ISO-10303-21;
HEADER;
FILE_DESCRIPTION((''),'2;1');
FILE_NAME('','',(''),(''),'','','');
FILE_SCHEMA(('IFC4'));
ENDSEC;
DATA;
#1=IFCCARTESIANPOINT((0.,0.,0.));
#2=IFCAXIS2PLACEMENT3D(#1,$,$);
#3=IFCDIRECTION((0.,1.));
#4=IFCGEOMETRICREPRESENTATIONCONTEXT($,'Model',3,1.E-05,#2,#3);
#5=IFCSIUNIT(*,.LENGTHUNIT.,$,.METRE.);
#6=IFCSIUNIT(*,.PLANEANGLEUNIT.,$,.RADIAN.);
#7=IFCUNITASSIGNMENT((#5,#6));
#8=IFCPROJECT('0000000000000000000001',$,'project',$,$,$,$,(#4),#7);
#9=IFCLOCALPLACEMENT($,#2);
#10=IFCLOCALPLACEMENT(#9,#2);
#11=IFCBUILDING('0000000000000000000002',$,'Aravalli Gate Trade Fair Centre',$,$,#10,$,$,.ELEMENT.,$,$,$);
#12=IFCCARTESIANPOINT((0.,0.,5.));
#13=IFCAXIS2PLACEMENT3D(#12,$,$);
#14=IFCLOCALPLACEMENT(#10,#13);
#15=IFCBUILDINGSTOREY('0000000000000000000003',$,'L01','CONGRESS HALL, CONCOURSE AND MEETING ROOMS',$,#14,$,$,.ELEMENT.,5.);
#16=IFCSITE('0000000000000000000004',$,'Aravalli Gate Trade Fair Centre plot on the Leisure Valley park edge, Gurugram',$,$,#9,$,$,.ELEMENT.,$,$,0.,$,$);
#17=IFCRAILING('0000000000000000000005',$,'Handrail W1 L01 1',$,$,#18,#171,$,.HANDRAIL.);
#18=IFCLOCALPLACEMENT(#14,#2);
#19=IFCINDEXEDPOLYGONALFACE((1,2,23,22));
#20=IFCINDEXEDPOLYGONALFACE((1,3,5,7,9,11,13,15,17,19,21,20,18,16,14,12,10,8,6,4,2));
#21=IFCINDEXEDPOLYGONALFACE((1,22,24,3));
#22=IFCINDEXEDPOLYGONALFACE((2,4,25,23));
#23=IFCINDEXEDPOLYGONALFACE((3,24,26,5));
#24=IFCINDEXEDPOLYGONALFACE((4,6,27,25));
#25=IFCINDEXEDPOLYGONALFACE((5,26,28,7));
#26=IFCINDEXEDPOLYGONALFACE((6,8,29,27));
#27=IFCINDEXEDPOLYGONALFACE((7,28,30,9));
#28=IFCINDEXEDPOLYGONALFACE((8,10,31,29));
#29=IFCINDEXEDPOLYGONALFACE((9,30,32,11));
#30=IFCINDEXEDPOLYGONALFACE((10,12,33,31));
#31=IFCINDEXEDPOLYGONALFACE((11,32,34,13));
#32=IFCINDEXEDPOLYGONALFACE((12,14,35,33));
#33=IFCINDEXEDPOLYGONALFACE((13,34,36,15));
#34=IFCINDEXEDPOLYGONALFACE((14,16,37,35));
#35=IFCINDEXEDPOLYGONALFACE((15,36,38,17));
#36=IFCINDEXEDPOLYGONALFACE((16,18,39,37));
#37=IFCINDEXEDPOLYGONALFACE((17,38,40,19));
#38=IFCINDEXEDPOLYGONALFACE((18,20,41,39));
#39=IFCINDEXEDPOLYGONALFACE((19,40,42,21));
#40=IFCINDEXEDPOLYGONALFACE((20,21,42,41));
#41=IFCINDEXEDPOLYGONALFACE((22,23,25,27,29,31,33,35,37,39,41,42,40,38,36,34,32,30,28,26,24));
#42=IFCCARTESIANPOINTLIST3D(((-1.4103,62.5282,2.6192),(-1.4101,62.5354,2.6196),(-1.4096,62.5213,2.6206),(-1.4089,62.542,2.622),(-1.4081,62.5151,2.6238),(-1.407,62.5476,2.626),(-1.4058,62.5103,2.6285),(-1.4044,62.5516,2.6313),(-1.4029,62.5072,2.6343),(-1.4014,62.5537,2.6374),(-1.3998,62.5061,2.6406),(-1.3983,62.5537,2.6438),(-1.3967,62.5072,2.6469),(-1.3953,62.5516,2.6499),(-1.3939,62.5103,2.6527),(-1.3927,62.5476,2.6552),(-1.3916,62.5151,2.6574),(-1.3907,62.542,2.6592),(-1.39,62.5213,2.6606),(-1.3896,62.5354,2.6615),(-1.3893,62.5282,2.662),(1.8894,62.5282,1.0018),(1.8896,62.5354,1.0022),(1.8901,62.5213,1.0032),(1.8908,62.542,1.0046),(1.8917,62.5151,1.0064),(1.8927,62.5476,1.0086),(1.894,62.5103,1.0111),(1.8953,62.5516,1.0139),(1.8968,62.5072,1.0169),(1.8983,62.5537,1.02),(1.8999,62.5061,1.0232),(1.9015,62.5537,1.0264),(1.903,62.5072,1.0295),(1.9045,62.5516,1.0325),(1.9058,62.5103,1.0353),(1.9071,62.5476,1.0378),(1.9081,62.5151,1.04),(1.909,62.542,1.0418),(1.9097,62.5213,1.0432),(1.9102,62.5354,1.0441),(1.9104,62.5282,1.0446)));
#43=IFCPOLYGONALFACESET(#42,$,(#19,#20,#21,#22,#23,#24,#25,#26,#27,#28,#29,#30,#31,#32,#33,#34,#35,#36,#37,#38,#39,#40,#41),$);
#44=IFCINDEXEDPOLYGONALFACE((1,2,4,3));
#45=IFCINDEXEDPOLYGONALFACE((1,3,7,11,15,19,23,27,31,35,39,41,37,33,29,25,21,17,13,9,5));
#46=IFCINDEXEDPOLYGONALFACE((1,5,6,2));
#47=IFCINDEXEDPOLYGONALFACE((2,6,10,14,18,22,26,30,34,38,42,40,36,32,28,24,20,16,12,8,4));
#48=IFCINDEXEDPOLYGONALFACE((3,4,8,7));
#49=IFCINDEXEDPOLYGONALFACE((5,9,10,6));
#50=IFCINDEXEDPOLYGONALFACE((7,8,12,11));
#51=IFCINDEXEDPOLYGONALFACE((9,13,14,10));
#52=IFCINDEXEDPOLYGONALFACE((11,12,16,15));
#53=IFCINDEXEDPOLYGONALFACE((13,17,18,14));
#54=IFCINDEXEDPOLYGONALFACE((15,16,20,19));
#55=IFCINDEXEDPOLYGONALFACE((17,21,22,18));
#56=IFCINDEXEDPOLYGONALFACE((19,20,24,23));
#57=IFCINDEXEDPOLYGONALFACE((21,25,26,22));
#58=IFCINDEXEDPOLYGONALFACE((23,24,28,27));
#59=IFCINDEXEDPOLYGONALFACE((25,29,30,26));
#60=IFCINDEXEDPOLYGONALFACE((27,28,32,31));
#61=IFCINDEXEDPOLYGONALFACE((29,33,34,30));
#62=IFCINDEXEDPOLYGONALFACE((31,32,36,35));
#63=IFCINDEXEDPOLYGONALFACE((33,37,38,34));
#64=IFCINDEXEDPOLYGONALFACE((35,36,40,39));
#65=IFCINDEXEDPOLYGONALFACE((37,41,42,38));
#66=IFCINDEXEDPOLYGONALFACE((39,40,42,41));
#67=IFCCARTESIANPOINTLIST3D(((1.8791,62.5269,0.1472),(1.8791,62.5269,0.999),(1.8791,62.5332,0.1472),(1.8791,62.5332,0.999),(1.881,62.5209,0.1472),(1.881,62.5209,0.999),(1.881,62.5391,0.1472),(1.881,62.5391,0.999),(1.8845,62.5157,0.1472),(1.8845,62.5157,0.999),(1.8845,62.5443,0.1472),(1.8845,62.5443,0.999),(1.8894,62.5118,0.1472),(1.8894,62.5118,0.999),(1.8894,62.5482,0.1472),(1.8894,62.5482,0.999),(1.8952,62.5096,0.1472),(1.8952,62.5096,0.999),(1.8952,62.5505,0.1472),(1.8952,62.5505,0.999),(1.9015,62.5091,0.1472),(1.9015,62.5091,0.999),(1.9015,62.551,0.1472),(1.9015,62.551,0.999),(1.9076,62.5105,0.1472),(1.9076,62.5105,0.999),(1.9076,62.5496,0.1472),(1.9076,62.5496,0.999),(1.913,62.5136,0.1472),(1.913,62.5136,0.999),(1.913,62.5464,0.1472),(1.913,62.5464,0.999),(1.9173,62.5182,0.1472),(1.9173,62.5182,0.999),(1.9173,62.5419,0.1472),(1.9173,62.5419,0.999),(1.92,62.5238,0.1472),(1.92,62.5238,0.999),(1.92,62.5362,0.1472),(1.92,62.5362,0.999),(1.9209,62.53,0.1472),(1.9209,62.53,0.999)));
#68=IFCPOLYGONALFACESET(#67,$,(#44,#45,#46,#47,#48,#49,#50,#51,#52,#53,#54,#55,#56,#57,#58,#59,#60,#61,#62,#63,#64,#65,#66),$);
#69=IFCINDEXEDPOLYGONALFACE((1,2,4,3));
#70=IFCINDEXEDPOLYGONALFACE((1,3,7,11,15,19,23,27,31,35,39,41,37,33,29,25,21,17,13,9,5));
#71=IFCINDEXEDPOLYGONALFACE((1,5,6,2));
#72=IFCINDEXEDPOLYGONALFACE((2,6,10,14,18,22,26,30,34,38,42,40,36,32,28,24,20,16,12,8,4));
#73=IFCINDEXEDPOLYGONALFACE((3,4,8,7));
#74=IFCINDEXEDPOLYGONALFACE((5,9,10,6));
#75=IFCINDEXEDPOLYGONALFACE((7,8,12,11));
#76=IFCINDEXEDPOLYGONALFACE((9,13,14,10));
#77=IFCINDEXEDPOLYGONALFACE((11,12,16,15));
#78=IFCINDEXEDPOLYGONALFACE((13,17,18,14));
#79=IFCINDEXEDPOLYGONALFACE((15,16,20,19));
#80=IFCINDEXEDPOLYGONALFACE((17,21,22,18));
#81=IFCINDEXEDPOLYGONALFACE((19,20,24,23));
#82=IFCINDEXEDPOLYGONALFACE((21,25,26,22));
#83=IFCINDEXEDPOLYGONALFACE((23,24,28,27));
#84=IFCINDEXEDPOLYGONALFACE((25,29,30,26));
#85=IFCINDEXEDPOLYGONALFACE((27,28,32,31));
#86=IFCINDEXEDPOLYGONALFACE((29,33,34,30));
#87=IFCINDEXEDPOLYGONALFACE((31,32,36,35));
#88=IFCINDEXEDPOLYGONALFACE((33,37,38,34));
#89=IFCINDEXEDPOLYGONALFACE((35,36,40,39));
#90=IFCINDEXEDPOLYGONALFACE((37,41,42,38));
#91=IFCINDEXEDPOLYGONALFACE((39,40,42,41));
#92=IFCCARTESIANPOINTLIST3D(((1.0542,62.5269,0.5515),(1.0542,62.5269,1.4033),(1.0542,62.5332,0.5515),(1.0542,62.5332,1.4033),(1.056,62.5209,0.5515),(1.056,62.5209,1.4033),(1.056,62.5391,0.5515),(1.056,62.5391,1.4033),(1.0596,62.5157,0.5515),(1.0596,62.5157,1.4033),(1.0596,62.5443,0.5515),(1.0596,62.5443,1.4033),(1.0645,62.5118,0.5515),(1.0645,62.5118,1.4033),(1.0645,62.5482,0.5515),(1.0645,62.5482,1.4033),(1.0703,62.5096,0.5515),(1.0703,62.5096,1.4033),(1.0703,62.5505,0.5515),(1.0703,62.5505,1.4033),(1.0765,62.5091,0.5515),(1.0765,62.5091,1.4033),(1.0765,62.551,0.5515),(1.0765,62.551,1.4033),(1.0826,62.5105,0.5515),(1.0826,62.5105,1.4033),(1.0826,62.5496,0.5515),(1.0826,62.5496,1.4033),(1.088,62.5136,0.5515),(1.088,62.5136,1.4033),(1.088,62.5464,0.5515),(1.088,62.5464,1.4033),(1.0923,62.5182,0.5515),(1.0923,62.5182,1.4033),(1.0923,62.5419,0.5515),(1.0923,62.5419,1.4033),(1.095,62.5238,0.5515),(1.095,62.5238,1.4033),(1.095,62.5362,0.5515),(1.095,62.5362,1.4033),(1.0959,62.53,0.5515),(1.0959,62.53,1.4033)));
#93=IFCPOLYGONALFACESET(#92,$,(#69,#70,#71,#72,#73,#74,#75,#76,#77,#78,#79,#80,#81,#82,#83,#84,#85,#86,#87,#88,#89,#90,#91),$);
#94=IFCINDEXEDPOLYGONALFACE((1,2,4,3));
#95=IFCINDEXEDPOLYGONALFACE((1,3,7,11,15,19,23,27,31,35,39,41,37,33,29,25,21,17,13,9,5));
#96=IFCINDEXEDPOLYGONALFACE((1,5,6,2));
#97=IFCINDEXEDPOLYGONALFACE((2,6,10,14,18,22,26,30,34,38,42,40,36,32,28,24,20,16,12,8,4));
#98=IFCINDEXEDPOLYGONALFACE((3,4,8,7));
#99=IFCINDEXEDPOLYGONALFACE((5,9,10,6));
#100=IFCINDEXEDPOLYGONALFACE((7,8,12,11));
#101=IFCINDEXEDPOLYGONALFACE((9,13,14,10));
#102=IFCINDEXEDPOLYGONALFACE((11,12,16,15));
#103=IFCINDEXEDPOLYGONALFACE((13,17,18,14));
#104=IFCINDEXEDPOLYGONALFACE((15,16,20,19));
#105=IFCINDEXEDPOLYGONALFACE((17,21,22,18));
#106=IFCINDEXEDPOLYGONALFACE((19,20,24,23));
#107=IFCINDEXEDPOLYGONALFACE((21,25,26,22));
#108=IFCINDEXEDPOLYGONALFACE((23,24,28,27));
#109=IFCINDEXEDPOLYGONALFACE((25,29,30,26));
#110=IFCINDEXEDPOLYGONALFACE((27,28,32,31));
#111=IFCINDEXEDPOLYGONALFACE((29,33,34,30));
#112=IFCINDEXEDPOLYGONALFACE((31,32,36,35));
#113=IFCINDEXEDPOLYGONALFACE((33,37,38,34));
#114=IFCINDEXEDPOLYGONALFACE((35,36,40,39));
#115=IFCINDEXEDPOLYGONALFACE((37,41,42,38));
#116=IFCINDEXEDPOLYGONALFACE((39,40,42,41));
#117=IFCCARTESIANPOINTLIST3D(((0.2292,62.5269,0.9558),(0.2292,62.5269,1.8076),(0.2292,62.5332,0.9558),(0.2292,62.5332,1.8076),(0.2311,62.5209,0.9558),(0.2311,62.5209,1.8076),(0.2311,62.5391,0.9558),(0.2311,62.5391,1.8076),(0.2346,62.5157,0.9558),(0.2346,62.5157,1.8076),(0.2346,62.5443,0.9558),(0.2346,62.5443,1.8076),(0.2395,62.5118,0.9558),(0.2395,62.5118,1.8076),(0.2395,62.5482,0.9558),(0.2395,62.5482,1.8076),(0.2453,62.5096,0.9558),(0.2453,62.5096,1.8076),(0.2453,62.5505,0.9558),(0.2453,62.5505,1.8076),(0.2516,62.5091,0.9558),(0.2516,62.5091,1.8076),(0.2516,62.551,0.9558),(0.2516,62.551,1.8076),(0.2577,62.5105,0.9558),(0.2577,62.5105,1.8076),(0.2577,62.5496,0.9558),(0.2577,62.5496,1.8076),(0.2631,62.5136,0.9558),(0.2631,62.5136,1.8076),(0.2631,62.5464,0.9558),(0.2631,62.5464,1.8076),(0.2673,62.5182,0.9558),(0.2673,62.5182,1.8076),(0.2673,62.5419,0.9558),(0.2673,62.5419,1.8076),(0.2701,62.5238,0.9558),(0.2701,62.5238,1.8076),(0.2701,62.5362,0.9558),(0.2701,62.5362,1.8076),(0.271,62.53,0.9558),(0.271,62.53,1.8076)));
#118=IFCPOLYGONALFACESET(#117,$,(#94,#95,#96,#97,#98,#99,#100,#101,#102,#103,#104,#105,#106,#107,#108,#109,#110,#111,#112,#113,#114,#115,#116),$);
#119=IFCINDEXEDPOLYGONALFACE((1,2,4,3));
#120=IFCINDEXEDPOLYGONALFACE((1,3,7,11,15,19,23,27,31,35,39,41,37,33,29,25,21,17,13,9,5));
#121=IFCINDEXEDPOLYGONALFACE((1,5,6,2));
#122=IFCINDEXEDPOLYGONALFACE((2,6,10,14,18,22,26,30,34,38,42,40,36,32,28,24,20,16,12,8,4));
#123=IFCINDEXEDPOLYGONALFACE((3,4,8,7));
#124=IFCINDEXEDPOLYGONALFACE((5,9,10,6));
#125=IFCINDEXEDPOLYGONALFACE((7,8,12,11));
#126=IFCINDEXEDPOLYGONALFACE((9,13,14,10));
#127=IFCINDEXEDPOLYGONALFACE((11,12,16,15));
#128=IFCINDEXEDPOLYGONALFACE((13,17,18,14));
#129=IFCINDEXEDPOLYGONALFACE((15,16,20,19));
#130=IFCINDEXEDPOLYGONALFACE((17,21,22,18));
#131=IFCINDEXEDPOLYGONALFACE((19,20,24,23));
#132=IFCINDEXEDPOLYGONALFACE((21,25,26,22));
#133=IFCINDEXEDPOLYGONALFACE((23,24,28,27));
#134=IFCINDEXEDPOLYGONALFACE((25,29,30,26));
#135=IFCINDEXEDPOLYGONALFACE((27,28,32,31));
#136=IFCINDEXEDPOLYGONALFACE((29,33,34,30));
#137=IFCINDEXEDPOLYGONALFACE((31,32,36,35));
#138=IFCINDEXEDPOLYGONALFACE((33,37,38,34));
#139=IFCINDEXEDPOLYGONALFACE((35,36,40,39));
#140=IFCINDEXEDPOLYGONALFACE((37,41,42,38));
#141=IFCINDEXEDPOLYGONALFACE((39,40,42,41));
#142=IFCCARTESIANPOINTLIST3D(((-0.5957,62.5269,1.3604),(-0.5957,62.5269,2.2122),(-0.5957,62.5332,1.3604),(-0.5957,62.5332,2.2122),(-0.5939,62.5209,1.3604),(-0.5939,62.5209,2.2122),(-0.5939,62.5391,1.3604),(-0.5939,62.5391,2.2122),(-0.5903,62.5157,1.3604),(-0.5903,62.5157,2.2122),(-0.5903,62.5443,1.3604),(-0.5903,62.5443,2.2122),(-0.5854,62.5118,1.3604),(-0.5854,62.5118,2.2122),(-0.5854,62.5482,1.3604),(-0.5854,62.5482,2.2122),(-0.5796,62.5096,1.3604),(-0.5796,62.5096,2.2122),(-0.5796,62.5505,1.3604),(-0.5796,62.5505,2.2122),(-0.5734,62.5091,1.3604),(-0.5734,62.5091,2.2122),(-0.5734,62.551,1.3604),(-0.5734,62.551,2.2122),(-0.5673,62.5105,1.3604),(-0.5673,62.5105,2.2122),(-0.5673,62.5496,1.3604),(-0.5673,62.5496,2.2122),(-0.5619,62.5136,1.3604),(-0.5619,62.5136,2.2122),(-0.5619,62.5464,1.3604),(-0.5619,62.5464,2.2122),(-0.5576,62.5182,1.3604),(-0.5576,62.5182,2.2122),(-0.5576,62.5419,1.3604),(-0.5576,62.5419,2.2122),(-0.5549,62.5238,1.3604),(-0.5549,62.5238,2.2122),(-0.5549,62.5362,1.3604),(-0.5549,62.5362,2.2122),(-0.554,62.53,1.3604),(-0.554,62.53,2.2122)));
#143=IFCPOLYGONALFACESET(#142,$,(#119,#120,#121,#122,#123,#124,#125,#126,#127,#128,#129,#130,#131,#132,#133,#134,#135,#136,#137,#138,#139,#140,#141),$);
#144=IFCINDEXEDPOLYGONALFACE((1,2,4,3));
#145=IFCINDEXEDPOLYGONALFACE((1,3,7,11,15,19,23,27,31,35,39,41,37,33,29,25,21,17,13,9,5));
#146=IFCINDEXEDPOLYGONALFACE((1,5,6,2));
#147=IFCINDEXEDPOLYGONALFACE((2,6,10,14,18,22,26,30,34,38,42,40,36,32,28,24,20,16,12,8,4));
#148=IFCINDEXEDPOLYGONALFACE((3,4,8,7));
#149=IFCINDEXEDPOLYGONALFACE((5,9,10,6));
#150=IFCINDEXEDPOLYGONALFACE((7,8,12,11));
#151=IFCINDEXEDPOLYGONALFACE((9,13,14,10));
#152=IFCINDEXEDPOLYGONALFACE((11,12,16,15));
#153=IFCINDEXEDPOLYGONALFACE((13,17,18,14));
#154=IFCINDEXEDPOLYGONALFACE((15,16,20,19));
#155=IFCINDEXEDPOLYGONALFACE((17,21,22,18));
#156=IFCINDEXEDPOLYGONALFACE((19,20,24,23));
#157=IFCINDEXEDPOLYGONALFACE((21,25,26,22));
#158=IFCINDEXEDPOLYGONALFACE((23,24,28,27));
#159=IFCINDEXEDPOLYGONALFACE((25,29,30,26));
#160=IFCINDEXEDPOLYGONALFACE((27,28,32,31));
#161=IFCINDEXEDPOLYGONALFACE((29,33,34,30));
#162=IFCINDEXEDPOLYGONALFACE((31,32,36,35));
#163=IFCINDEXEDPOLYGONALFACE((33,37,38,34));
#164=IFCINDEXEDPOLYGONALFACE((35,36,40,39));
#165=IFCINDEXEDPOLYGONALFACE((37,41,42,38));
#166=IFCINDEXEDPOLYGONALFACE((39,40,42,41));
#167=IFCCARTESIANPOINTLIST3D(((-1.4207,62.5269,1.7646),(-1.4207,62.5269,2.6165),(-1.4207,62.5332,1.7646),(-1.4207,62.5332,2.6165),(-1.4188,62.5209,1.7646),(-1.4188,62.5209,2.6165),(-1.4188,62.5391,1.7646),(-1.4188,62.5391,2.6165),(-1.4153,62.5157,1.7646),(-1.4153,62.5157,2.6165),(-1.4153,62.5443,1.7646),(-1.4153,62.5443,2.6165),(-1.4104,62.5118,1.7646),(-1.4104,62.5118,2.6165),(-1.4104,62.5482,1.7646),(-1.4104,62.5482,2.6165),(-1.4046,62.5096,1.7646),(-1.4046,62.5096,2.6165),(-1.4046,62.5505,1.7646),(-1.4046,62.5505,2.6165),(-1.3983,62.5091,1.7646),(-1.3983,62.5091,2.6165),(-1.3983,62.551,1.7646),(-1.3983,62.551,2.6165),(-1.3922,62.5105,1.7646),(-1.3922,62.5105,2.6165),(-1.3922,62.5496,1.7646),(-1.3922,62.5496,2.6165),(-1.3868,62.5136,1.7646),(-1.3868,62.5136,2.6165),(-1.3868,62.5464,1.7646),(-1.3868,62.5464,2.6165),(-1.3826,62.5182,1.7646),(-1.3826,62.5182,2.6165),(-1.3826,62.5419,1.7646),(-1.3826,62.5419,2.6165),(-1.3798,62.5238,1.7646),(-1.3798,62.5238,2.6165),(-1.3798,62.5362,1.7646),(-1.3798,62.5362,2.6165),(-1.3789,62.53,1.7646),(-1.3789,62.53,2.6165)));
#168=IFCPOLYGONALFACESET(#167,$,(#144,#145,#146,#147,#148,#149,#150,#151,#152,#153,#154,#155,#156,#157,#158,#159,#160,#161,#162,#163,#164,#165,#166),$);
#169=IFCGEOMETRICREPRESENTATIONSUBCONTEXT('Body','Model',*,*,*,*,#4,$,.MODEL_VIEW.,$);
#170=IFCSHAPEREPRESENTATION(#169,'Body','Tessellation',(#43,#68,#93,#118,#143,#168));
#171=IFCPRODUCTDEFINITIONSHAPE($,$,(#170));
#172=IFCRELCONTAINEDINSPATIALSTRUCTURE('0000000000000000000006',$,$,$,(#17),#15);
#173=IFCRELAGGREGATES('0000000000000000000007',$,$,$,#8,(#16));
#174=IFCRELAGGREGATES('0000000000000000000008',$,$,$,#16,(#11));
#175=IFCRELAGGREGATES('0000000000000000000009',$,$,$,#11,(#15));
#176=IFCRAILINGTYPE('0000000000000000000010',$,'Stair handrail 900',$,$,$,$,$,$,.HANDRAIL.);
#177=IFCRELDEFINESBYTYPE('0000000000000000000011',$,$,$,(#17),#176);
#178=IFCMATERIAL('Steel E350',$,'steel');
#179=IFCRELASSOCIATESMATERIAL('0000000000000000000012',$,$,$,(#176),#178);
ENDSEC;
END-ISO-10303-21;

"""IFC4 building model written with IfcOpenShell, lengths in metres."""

from ifc_helpers import new_model, si_unit, direction, frame, origin, origin_2d, place, context, subcontext, project, spatial, circle, extrude, material, type_object, element, save


model = new_model("IFC4")

# Units and contexts
model_context = context("Model", 3, precision=1e-05, world=origin(), true_north=direction((0.0, 1.0)))
body_context = subcontext(model_context, "Body", "Model", "MODEL_VIEW")
ifc_project = project(units=[si_unit("LENGTHUNIT", "METRE"), si_unit("PLANEANGLEUNIT", "RADIAN")], contexts=[model_context])

# Site, building, storey
site_placement = place(None, origin())
site = spatial("IfcSite", under=ifc_project, at=site_placement, Name="Aravalli Gate Trade Fair Centre plot on the Leisure Valley park edge, Gurugram", CompositionType="ELEMENT", RefElevation=0.0)
building_placement = place(site_placement, origin())
building = spatial("IfcBuilding", under=site, at=building_placement, Name="Aravalli Gate Trade Fair Centre", CompositionType="ELEMENT")
storey_placement = place(building_placement, frame((0.0, 0.0, 5.0)))
storey = spatial("IfcBuildingStorey", under=building, at=storey_placement, Name="L01", Description="CONGRESS HALL, CONCOURSE AND MEETING ROOMS", CompositionType="ELEMENT", Elevation=5.0)

# Railing
ifc_material_1 = material(Name="Steel E350", Category="steel")
railing_type = type_object("IfcRailingType", Name="Stair handrail 900", PredefinedType="HANDRAIL", material=ifc_material_1)
railing_placement = place(storey_placement, frame((1.8999, 62.53, 0.1472)))
element("IfcRailing", 1, at=railing_placement, inside=storey, type_object=railing_type, Name="Handrail W1 L01 1", PredefinedType="HANDRAIL", context=body_context, shape_type="SweptSolid", body=[
    extrude(circle(Radius=0.0239, at=origin_2d()), frame((0.0, 0.0, 0.876), z_axis=(-0.897934, 0.0, 0.440131), x_axis=(0.0, -1.0, 0.0)), (0.0, 0.0, 1.0), 3.6748),
    extrude(circle(Radius=0.021, at=origin_2d()), origin(), (0.0, 0.0, 1.0), 0.8518),
    extrude(circle(Radius=0.021, at=origin_2d()), frame((-0.825, 0.0, 0.4043)), (0.0, 0.0, 1.0), 0.8518),
    extrude(circle(Radius=0.021, at=origin_2d()), frame((-1.6499, 0.0, 0.8086)), (0.0, 0.0, 1.0), 0.8518),
    extrude(circle(Radius=0.021, at=origin_2d()), frame((-2.4749, 0.0, 1.2131)), (0.0, 0.0, 1.0), 0.8518),
    extrude(circle(Radius=0.021, at=origin_2d()), frame((-3.2998, 0.0, 1.6174)), (0.0, 0.0, 1.0), 0.8518),
])

save(model, "model.ifc")
